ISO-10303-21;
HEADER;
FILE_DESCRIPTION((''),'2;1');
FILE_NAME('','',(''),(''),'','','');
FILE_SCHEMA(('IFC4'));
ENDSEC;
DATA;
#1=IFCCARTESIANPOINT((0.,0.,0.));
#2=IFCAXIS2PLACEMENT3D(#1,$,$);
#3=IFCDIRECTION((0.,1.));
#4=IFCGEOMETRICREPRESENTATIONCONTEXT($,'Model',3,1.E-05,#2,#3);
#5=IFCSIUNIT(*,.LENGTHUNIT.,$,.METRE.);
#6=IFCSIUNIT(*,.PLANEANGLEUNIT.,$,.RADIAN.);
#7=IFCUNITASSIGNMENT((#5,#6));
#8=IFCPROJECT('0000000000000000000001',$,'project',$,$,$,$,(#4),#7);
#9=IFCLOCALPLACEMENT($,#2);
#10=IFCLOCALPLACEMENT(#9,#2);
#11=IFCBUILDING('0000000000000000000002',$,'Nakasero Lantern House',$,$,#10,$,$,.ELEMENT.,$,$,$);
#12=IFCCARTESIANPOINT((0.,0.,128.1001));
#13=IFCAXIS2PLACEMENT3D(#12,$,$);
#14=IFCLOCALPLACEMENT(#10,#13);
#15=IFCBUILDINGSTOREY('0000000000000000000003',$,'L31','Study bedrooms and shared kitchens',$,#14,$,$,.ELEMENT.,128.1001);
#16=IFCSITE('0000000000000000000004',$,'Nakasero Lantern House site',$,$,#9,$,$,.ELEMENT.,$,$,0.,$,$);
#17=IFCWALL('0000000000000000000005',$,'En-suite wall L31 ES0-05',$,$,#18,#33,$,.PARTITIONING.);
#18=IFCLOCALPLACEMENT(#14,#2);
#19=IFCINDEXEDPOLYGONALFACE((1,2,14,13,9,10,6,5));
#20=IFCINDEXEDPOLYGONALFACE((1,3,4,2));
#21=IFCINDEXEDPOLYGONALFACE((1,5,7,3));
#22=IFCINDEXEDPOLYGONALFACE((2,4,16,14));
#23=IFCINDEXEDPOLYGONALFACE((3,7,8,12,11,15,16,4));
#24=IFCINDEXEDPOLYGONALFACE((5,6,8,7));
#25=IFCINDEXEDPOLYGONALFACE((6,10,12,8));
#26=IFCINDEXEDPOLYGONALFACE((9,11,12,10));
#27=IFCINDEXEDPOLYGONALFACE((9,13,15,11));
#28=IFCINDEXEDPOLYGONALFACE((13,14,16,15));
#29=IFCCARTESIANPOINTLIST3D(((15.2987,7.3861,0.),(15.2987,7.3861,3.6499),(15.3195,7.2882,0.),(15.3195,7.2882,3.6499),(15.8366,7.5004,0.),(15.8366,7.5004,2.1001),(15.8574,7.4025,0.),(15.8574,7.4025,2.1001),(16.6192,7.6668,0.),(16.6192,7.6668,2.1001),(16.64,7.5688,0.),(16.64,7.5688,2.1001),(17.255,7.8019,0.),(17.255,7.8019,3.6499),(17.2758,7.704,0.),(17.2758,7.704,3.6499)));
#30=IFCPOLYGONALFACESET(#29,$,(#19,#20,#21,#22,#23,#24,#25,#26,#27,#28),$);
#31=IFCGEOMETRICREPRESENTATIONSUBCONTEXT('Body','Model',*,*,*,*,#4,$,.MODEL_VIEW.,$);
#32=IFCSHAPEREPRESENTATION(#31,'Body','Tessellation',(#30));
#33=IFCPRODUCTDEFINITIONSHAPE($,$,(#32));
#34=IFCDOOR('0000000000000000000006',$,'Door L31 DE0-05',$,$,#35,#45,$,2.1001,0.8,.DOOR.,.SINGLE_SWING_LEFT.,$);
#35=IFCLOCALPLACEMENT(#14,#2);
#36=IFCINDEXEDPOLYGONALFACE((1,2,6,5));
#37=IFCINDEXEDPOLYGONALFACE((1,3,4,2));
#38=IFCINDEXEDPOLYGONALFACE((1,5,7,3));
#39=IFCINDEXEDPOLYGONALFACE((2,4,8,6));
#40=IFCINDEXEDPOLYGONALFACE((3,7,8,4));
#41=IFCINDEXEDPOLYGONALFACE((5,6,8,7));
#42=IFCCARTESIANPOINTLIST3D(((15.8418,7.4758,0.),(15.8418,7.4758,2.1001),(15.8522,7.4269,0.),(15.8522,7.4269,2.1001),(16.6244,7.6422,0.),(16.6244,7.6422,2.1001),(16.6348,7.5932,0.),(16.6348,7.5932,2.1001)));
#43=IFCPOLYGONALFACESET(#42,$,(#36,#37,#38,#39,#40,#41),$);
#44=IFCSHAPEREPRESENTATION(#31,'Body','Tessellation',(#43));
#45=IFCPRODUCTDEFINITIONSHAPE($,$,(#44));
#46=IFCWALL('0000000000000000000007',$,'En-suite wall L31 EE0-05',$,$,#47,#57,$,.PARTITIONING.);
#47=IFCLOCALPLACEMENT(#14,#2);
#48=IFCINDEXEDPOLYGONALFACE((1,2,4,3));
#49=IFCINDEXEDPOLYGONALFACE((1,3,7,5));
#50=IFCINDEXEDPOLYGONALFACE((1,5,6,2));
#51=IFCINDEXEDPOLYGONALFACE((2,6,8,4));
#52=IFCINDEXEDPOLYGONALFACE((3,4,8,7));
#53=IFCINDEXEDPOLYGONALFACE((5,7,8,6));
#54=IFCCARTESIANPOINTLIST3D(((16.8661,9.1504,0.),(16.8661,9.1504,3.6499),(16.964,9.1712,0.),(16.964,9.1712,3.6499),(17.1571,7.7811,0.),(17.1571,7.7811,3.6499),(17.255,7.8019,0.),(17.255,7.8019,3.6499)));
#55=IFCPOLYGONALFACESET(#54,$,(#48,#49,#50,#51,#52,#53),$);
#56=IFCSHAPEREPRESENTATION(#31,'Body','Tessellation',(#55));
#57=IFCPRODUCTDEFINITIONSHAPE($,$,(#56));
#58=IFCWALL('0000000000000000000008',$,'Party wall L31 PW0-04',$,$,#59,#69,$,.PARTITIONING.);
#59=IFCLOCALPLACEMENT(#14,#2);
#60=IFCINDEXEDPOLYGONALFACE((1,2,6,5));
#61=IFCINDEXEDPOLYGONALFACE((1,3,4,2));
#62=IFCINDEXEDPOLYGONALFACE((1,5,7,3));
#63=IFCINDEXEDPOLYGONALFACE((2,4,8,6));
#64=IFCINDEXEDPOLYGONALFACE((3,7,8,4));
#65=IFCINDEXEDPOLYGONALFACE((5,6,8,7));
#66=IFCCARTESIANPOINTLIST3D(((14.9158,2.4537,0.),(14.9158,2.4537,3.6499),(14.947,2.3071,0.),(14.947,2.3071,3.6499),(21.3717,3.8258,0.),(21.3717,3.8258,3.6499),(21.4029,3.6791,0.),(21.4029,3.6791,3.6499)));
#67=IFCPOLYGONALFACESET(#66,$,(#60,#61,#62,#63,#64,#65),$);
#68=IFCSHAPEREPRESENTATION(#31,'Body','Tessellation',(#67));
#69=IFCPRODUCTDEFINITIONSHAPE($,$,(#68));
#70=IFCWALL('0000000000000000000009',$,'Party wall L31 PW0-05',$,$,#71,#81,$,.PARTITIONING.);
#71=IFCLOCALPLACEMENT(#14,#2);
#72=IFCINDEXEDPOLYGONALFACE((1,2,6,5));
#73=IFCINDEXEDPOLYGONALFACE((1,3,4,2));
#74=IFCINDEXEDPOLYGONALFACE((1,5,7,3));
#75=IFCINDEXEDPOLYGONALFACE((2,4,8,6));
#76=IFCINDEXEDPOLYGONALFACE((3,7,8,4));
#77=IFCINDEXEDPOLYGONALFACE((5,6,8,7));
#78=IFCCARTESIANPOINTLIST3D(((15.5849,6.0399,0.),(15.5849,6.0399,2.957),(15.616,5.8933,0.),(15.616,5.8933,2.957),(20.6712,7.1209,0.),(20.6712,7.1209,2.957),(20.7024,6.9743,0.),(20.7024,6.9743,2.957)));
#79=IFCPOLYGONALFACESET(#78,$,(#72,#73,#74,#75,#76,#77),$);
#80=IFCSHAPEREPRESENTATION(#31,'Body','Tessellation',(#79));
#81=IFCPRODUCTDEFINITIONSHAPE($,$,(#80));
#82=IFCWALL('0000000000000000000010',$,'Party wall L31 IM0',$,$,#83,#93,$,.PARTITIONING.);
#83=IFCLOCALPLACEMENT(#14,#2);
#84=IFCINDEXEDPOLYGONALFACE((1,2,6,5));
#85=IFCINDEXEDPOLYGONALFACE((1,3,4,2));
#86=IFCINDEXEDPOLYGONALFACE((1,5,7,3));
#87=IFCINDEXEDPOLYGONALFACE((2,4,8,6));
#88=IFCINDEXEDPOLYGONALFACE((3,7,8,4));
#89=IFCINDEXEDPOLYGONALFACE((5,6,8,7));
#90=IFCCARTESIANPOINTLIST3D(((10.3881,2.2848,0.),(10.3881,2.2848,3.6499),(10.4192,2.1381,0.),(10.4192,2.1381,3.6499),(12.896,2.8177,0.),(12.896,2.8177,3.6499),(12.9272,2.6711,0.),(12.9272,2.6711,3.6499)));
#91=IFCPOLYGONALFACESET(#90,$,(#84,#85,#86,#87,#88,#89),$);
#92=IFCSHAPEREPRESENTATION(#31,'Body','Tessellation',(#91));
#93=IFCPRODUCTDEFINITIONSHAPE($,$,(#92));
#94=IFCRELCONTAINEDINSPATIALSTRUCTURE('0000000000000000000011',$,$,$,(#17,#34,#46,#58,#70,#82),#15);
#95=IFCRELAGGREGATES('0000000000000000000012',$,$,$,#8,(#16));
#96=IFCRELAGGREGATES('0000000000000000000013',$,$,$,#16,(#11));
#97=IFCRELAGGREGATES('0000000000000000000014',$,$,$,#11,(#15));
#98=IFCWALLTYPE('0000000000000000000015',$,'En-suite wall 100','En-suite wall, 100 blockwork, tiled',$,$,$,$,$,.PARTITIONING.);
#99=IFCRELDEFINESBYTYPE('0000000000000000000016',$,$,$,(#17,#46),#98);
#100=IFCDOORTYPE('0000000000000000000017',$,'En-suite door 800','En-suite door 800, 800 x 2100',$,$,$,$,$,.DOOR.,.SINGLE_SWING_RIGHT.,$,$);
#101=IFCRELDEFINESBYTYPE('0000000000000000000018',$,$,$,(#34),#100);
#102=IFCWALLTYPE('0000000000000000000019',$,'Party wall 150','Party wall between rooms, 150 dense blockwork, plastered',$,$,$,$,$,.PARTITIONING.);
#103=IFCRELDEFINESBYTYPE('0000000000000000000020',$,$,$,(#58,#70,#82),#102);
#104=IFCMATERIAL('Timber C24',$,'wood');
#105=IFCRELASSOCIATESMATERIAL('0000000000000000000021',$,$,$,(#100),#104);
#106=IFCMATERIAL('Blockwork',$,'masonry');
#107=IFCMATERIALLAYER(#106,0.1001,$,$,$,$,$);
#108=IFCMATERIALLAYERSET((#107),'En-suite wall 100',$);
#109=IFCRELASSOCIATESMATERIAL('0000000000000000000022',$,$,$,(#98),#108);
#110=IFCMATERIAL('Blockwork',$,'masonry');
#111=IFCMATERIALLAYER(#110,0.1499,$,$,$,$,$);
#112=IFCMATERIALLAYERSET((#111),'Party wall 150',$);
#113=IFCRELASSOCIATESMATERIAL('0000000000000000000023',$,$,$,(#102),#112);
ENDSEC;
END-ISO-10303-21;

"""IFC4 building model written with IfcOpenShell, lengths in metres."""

from ifc_helpers import new_model, si_unit, direction, frame, frame_2d, origin, place, context, subcontext, project, spatial, rectangle, extrude, material, layer, layer_set, type_object, element, fill, save


model = new_model("IFC4")

# Units and contexts
model_context = context("Model", 3, precision=1e-05, world=origin(), true_north=direction((0.0, 1.0)))
body_context = subcontext(model_context, "Body", "Model", "MODEL_VIEW")
ifc_project = project(units=[si_unit("LENGTHUNIT", "METRE"), si_unit("PLANEANGLEUNIT", "RADIAN")], contexts=[model_context])

# Site, building, storey
site_placement = place(None, origin())
site = spatial("IfcSite", under=ifc_project, at=site_placement, Name="Nakasero Lantern House site", CompositionType="ELEMENT", RefElevation=0.0)
building_placement = place(site_placement, origin())
building = spatial("IfcBuilding", under=site, at=building_placement, Name="Nakasero Lantern House", CompositionType="ELEMENT")
storey_placement = place(building_placement, frame((0.0, 0.0, 128.1001)))
storey = spatial("IfcBuildingStorey", under=building, at=storey_placement, Name="L31", Description="Study bedrooms and shared kitchens", CompositionType="ELEMENT", Elevation=128.1001)

# Shared definitions
ifc_material_1 = material(Name="Timber C24", Category="wood")
door_type_1 = type_object("IfcDoorType", Name="En-suite door 800", Description="En-suite door 800, 800 x 2100", OperationType="SINGLE_SWING_RIGHT", PredefinedType="DOOR", material=ifc_material_1)

# Shared definitions
ifc_material_2 = material(Name="Blockwork", Category="masonry")
ifc_layer_1 = layer(ifc_material_2, 0.1001)
ifc_layer_set_1 = layer_set([ifc_layer_1], Name="En-suite wall 100")
wall_type_1 = type_object("IfcWallType", Name="En-suite wall 100", Description="En-suite wall, 100 blockwork, tiled", PredefinedType="PARTITIONING", material=ifc_layer_set_1)

# Wall, opening, door
wall_1_placement = place(storey_placement, frame((15.3091, 7.3372, 0.0), z_axis=(0.0, 0.0, 1.0), x_axis=(0.978153, 0.207886, 0.0)))
wall_1 = element("IfcWall", 1, at=wall_1_placement, inside=storey, type_object=wall_type_1, Name="En-suite wall L31 ES0-05", PredefinedType="PARTITIONING", context=body_context, shape_type="SweptSolid", body=[
    extrude(rectangle(XDim=2.0, YDim=0.1001, at=frame_2d((1.0, 0.0))), origin(), (0.0, 0.0, 1.0), 3.6499),
])
opening_1_placement = place(wall_1_placement, frame((0.55, 0.0, 0.0)))
opening_1 = element("IfcOpeningElement", 2, at=opening_1_placement, cuts=wall_1, PredefinedType="OPENING", context=body_context, shape_type="SweptSolid", body=[
    extrude(rectangle(XDim=0.8, YDim=2.1001, at=frame_2d((0.3999, 1.05))), frame((0.0, 0.0701, 0.0), z_axis=(0.0, -1.0, 0.0), x_axis=(1.0, 0.0, 0.0)), (0.0, 0.0, 1.0), 0.1401),
])
door_1_placement = place(opening_1_placement, origin())
door_1 = element("IfcDoor", 3, at=door_1_placement, inside=storey, type_object=door_type_1, Name="Door L31 DE0-05", OperationType="SINGLE_SWING_LEFT", OverallHeight=2.1001, OverallWidth=0.8, PredefinedType="DOOR", context=body_context, shape_type="SweptSolid", body=[
    extrude(rectangle(XDim=0.8, YDim=2.1001, at=frame_2d((0.3999, 1.05))), frame((0.0, 0.0249, 0.0), z_axis=(0.0, -1.0, 0.0), x_axis=(1.0, 0.0, 0.0)), (0.0, 0.0, 1.0), 0.05),
])
fill(opening_1, door_1)

# Walls
wall_2_placement = place(storey_placement, frame((17.2061, 7.7915, 0.0), z_axis=(0.0, 0.0, 1.0), x_axis=(-0.207873, 0.978156, 0.0)))
element("IfcWall", 4, at=wall_2_placement, inside=storey, type_object=wall_type_1, Name="En-suite wall L31 EE0-05", PredefinedType="PARTITIONING", context=body_context, shape_type="SweptSolid", body=[
    extrude(rectangle(XDim=1.3999, YDim=0.1001, at=frame_2d((0.7, 0.0))), origin(), (0.0, 0.0, 1.0), 3.6499),
])
ifc_material_3 = material(Name="Blockwork", Category="masonry")
ifc_layer_2 = layer(ifc_material_3, 0.1499)
ifc_layer_set_2 = layer_set([ifc_layer_2], Name="Party wall 150")
wall_type_2 = type_object("IfcWallType", Name="Party wall 150", Description="Party wall between rooms, 150 dense blockwork, plastered", PredefinedType="PARTITIONING", material=ifc_layer_set_2)
wall_3_placement = place(storey_placement, frame((14.9314, 2.3804, 0.0), z_axis=(0.0, 0.0, 1.0), x_axis=(0.978152, 0.207889, 0.0)))
element("IfcWall", 5, at=wall_3_placement, inside=storey, type_object=wall_type_2, Name="Party wall L31 PW0-04", PredefinedType="PARTITIONING", context=body_context, shape_type="SweptSolid", body=[
    extrude(rectangle(XDim=6.6001, YDim=0.1499, at=frame_2d((3.3, 0.0))), origin(), (0.0, 0.0, 1.0), 3.6499),
])
wall_4_placement = place(storey_placement, frame((15.6003, 5.9666, 0.0), z_axis=(0.0, 0.0, 1.0), x_axis=(0.978151, 0.207894, 0.0)))
element("IfcWall", 6, at=wall_4_placement, inside=storey, type_object=wall_type_2, Name="Party wall L31 PW0-05", PredefinedType="PARTITIONING", context=body_context, shape_type="SweptSolid", body=[
    extrude(rectangle(XDim=5.2, YDim=0.1499, at=frame_2d((2.6001, 0.0))), origin(), (0.0, 0.0, 1.0), 2.957),
])
wall_5_placement = place(storey_placement, frame((12.9116, 2.7444, 0.0), z_axis=(0.0, 0.0, 1.0), x_axis=(-0.978159, -0.207858, 0.0)))
element("IfcWall", 7, at=wall_5_placement, inside=storey, type_object=wall_type_2, Name="Party wall L31 IM0", PredefinedType="PARTITIONING", context=body_context, shape_type="SweptSolid", body=[
    extrude(rectangle(XDim=2.564, YDim=0.1499, at=frame_2d((1.282, 0.0))), origin(), (0.0, 0.0, 1.0), 3.6499),
])

save(model, "model.ifc")
